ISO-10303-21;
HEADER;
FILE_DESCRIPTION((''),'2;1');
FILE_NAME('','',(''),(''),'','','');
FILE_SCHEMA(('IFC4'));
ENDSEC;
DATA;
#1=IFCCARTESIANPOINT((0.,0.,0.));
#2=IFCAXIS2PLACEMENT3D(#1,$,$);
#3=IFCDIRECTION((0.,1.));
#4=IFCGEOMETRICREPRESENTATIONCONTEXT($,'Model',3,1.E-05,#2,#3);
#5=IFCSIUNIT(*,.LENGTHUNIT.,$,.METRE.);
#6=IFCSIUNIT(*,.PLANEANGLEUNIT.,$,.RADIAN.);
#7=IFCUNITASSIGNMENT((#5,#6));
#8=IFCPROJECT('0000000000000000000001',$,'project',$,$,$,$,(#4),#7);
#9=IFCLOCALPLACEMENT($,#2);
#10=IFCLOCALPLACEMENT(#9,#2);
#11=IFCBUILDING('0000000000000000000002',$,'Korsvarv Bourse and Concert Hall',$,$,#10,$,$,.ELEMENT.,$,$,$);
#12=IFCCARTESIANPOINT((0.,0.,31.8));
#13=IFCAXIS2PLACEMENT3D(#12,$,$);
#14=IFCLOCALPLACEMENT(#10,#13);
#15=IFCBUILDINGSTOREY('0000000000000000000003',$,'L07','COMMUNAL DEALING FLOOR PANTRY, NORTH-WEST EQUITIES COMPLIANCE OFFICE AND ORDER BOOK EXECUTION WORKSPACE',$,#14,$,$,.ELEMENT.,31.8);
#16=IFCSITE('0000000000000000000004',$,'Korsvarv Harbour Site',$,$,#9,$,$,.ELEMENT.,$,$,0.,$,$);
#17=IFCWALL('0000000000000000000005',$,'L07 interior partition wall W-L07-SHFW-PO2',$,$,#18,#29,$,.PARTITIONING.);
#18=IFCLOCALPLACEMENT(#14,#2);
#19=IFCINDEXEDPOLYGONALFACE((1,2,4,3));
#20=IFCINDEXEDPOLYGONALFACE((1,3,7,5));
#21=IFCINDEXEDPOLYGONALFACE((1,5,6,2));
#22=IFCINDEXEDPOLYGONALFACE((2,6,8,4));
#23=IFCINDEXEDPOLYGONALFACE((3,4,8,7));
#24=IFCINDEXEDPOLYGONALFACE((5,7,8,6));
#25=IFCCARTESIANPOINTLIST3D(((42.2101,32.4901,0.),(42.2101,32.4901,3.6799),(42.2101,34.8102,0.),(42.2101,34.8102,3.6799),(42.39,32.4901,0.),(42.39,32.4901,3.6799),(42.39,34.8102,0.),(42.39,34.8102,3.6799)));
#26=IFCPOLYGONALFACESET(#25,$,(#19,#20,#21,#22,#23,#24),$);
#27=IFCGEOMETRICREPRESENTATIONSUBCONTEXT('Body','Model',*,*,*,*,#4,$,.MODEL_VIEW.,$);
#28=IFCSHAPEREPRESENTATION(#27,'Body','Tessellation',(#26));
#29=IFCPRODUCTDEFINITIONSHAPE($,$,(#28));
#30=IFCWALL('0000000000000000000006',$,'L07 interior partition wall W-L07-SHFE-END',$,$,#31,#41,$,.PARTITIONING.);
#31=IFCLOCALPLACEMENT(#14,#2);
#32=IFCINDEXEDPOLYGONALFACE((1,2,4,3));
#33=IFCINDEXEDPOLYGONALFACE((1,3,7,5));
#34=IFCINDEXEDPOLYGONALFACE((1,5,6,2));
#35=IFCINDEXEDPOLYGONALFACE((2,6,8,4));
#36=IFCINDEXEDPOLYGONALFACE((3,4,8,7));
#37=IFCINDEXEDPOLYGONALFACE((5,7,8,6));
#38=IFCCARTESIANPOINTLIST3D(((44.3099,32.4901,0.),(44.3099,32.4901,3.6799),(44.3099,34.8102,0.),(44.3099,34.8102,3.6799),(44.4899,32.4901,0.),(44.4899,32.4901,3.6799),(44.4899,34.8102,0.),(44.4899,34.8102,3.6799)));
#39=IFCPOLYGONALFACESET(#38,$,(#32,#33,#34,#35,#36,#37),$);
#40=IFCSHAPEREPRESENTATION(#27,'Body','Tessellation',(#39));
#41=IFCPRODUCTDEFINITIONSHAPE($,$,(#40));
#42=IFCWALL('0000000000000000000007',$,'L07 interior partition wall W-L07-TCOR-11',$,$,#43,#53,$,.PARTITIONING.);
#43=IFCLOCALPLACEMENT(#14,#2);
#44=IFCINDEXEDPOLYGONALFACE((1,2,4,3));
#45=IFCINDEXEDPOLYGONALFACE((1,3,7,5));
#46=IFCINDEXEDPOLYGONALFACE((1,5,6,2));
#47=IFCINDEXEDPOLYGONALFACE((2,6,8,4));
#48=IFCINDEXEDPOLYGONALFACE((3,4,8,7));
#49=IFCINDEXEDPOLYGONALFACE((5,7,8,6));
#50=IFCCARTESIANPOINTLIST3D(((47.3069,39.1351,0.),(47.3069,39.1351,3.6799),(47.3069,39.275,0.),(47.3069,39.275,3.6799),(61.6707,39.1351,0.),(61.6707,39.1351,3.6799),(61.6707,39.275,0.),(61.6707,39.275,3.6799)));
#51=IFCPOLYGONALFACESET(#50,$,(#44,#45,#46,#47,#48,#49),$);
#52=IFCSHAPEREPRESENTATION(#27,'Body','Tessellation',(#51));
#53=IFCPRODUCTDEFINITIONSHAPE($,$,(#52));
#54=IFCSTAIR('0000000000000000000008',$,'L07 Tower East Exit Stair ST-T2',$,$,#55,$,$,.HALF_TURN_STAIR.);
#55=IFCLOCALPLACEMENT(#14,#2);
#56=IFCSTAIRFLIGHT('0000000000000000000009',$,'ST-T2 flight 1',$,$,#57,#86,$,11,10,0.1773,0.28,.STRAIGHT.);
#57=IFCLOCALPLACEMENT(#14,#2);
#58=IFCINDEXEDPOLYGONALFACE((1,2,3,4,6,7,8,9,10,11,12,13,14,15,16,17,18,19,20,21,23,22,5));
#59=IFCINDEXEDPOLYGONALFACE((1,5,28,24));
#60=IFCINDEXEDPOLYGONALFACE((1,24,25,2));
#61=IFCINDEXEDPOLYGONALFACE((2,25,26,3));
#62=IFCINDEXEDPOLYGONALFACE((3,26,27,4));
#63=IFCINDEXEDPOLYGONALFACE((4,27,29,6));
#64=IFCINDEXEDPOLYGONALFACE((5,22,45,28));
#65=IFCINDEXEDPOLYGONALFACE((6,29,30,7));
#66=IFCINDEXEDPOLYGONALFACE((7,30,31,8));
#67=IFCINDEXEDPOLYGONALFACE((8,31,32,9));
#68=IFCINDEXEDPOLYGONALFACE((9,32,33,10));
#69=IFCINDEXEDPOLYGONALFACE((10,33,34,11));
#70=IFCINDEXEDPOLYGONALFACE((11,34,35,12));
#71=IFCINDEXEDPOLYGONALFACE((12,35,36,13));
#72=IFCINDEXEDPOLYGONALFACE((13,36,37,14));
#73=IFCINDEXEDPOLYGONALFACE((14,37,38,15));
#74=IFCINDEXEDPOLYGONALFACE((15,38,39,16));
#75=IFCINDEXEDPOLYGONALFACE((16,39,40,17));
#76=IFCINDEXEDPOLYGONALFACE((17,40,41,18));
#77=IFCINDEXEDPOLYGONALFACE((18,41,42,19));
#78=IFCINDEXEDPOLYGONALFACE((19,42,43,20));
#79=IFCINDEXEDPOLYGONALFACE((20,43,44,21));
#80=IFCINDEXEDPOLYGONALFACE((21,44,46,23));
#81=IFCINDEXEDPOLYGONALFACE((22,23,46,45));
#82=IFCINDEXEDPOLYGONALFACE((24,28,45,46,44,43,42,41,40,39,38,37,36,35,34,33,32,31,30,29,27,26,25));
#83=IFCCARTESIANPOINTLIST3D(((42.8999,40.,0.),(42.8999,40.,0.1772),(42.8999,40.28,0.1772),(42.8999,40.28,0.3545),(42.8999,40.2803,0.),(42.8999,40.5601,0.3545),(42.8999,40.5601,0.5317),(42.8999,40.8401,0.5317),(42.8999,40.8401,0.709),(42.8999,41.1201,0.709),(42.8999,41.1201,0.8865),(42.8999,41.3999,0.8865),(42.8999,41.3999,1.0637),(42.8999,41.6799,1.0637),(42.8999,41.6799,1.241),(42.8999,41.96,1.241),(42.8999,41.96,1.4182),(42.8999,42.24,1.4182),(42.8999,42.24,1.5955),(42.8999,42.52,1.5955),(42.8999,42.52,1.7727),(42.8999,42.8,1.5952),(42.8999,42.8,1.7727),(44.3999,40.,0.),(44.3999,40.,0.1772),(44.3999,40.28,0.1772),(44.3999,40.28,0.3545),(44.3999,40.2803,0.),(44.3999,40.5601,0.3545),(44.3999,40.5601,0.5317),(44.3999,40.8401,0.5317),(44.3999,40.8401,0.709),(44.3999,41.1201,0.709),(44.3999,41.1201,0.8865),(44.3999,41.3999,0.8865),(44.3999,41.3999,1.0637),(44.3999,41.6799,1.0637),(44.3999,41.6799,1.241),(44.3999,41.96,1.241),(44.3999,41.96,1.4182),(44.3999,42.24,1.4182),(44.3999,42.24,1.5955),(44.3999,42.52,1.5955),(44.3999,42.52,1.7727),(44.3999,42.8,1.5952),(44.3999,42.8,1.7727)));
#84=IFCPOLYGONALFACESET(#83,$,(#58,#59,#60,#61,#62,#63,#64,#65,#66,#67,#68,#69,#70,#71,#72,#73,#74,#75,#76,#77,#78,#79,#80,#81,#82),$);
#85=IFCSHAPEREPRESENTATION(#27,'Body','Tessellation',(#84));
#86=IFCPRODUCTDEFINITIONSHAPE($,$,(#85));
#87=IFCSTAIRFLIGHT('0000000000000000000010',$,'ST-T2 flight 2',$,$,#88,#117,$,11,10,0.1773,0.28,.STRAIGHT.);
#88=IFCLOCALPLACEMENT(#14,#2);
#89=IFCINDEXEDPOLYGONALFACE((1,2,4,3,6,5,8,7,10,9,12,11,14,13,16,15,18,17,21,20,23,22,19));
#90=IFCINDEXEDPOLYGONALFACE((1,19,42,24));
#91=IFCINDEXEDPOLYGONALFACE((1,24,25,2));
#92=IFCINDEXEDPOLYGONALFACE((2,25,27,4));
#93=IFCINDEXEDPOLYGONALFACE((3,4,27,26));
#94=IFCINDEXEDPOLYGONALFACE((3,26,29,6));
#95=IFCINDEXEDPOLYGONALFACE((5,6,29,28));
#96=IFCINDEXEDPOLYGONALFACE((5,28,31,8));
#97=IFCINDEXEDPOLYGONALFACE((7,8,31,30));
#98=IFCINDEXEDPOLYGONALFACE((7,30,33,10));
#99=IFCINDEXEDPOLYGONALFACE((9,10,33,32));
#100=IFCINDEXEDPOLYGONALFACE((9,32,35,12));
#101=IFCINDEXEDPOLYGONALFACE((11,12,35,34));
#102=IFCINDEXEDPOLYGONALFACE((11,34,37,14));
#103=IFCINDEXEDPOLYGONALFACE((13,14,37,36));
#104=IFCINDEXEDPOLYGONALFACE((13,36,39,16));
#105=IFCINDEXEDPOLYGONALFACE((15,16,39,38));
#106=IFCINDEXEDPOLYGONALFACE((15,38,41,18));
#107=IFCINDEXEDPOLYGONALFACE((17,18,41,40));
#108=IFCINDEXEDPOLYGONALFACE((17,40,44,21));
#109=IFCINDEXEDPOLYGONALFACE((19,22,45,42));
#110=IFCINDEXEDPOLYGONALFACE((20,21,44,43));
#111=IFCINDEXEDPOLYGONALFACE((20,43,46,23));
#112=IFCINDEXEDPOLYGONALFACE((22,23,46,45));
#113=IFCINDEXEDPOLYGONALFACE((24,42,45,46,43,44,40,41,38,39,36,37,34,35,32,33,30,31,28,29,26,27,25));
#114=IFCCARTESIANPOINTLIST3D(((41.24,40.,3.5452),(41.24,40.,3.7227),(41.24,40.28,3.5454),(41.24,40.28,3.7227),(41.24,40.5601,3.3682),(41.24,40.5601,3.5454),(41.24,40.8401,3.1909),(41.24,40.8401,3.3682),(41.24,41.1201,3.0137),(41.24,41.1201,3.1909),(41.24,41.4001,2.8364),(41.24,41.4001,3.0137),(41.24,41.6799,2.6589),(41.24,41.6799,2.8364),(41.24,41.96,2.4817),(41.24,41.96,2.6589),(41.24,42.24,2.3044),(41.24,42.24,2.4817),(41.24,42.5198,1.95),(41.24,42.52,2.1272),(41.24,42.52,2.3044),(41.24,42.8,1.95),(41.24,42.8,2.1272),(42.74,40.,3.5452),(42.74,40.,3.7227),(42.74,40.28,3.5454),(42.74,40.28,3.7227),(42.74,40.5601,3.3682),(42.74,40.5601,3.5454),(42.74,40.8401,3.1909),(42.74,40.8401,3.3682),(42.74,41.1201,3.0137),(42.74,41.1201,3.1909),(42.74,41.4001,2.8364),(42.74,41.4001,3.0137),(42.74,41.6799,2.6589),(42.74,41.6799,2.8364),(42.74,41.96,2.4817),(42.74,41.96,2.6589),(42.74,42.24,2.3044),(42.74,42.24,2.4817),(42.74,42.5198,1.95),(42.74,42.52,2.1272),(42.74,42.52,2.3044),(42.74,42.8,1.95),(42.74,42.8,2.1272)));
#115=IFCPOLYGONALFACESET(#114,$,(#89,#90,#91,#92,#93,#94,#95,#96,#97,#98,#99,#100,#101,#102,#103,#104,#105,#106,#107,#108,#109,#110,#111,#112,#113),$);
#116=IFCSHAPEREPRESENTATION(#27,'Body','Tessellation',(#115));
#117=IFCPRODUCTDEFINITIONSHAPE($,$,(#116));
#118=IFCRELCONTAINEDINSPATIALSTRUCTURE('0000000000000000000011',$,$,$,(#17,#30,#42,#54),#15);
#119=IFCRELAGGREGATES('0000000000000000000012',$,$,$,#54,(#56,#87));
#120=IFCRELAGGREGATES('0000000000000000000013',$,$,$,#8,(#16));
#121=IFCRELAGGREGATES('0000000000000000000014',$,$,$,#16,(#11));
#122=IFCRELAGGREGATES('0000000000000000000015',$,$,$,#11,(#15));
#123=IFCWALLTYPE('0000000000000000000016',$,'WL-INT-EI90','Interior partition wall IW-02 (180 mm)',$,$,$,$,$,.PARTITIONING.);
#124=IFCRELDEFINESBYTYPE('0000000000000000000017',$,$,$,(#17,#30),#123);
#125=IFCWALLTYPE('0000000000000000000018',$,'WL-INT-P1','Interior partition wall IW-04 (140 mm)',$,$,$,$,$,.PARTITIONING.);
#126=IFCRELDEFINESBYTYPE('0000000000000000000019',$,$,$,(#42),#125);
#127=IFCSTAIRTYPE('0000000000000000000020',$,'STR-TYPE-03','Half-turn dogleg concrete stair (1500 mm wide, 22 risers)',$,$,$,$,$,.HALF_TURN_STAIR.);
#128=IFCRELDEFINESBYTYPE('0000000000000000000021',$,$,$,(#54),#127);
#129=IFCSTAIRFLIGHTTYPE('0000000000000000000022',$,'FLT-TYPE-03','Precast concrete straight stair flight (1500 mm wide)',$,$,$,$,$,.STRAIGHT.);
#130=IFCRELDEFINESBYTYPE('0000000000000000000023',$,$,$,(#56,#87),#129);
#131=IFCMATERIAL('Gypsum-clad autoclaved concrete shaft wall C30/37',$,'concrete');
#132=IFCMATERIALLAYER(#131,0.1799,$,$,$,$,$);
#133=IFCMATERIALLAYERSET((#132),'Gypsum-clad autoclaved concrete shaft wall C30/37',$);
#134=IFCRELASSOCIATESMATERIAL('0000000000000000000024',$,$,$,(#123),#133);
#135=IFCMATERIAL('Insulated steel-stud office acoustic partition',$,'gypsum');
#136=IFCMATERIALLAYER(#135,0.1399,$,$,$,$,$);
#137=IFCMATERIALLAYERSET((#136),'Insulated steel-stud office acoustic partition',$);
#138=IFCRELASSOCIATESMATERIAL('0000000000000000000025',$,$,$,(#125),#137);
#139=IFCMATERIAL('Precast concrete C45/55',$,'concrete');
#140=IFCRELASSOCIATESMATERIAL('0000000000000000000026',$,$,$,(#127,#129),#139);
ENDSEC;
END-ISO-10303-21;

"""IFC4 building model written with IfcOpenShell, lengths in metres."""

from ifc_helpers import new_model, si_unit, direction, frame, frame_2d, origin, place, context, subcontext, project, spatial, polyline, rectangle, outline, extrude, material, layer, layer_set, type_object, element, aggregate, save


model = new_model("IFC4")

# Units and contexts
model_context = context("Model", 3, precision=1e-05, world=origin(), true_north=direction((0.0, 1.0)))
body_context = subcontext(model_context, "Body", "Model", "MODEL_VIEW")
ifc_project = project(units=[si_unit("LENGTHUNIT", "METRE"), si_unit("PLANEANGLEUNIT", "RADIAN")], contexts=[model_context])

# Site, building, storey
site_placement = place(None, origin())
site = spatial("IfcSite", under=ifc_project, at=site_placement, Name="Korsvarv Harbour Site", CompositionType="ELEMENT", RefElevation=0.0)
building_placement = place(site_placement, origin())
building = spatial("IfcBuilding", under=site, at=building_placement, Name="Korsvarv Bourse and Concert Hall", CompositionType="ELEMENT")
storey_placement = place(building_placement, frame((0.0, 0.0, 31.8)))
storey = spatial("IfcBuildingStorey", under=building, at=storey_placement, Name="L07", Description="COMMUNAL DEALING FLOOR PANTRY, NORTH-WEST EQUITIES COMPLIANCE OFFICE AND ORDER BOOK EXECUTION WORKSPACE", CompositionType="ELEMENT", Elevation=31.8)

# Walls
ifc_material_1 = material(Name="Gypsum-clad autoclaved concrete shaft wall C30/37", Category="concrete")
ifc_layer_1 = layer(ifc_material_1, 0.1799)
ifc_layer_set_1 = layer_set([ifc_layer_1], Name="Gypsum-clad autoclaved concrete shaft wall C30/37")
wall_type_1 = type_object("IfcWallType", Name="WL-INT-EI90", Description="Interior partition wall IW-02 (180 mm)", PredefinedType="PARTITIONING", material=ifc_layer_set_1)
for number, where, z_axis, x_axis, name in (
    (1, (42.3, 32.49, 0.0), (0.0, 0.0, 1.0), (0.0, 1.0, 0.0), "L07 interior partition wall W-L07-SHFW-PO2"),
    (2, (44.3999, 32.49, 0.0), (0.0, 0.0, 1.0), (0.0, 1.0, 0.0), "L07 interior partition wall W-L07-SHFE-END"),
):
    element("IfcWall", number, at=place(storey_placement, frame(where, z_axis=z_axis, x_axis=x_axis)), inside=storey, type_object=wall_type_1, Name=name, PredefinedType="PARTITIONING", context=body_context, shape_type="SweptSolid", body=[
        extrude(rectangle(XDim=2.3201, YDim=0.1799, at=frame_2d((1.1602, 0.0))), origin(), (0.0, 0.0, 1.0), 3.6799),
    ])
ifc_material_2 = material(Name="Insulated steel-stud office acoustic partition", Category="gypsum")
ifc_layer_2 = layer(ifc_material_2, 0.1399)
ifc_layer_set_2 = layer_set([ifc_layer_2], Name="Insulated steel-stud office acoustic partition")
wall_type_2 = type_object("IfcWallType", Name="WL-INT-P1", Description="Interior partition wall IW-04 (140 mm)", PredefinedType="PARTITIONING", material=ifc_layer_set_2)
wall_1_placement = place(storey_placement, frame((47.3069, 39.2051, 0.0), z_axis=(0.0, 0.0, 1.0), x_axis=(1.0, 0.0, 0.0)))
element("IfcWall", 3, at=wall_1_placement, inside=storey, type_object=wall_type_2, Name="L07 interior partition wall W-L07-TCOR-11", PredefinedType="PARTITIONING", context=body_context, shape_type="SweptSolid", body=[
    extrude(rectangle(XDim=14.3638, YDim=0.1399, at=frame_2d((7.1819, 0.0))), origin(), (0.0, 0.0, 1.0), 3.6799),
])

# Stair, stair flights
ifc_material_3 = material(Name="Precast concrete C45/55", Category="concrete")
stair_type = type_object("IfcStairType", Name="STR-TYPE-03", Description="Half-turn dogleg concrete stair (1500 mm wide, 22 risers)", PredefinedType="HALF_TURN_STAIR", material=ifc_material_3)
stair_placement = place(storey_placement, origin())
stair = element("IfcStair", 4, at=stair_placement, inside=storey, type_object=stair_type, Name="L07 Tower East Exit Stair ST-T2", PredefinedType="HALF_TURN_STAIR")
stair_flight_type = type_object("IfcStairFlightType", Name="FLT-TYPE-03", Description="Precast concrete straight stair flight (1500 mm wide)", PredefinedType="STRAIGHT", material=ifc_material_3)
stair_flight_1_placement = place(storey_placement, frame((43.6499, 40.0, 0.0), z_axis=(0.0, 0.0, 1.0), x_axis=(0.0, 1.0, 0.0)))
stair_flight_1 = element("IfcStairFlight", 5, at=stair_flight_1_placement, type_object=stair_flight_type, Name="ST-T2 flight 1", NumberOfRisers=11, NumberOfTreads=10, PredefinedType="STRAIGHT", RiserHeight=0.1773, TreadLength=0.28, context=body_context, shape_type="SweptSolid", body=[
    extrude(outline(polyline([(0.0, 0.0), (0.0, 0.1772), (0.28, 0.1772), (0.28, 0.3545), (0.5601, 0.3545), (0.5601, 0.5317), (0.8401, 0.5317), (0.8401, 0.709), (1.1201, 0.709), (1.1201, 0.8865), (1.3999, 0.8865), (1.3999, 1.0637), (1.6799, 1.0637), (1.6799, 1.241), (1.96, 1.241), (1.96, 1.4182), (2.24, 1.4182), (2.24, 1.5955), (2.52, 1.5955), (2.52, 1.7727), (2.8, 1.7727), (2.8, 1.95), (2.8, 1.5952), (0.2803, 0.0), (0.0, 0.0)])), frame((0.0, 0.75, 0.0), z_axis=(0.0, -1.0, 0.0), x_axis=(1.0, 0.0, 0.0)), (0.0, 0.0, 1.0), 1.5),
])
stair_flight_2_placement = place(storey_placement, frame((41.99, 42.8, 1.95), z_axis=(0.0, 0.0, 1.0), x_axis=(0.0, -1.0, 0.0)))
stair_flight_2 = element("IfcStairFlight", 6, at=stair_flight_2_placement, type_object=stair_flight_type, Name="ST-T2 flight 2", NumberOfRisers=11, NumberOfTreads=10, PredefinedType="STRAIGHT", RiserHeight=0.1773, TreadLength=0.28, context=body_context, shape_type="SweptSolid", body=[
    extrude(outline(polyline([(0.0, 0.0), (0.0, 0.1772), (0.28, 0.1772), (0.28, 0.3545), (0.5601, 0.3545), (0.5601, 0.5317), (0.8401, 0.5317), (0.8401, 0.709), (1.1201, 0.709), (1.1201, 0.8865), (1.3999, 0.8865), (1.3999, 1.0637), (1.6799, 1.0637), (1.6799, 1.241), (1.96, 1.241), (1.96, 1.4182), (2.24, 1.4182), (2.24, 1.5955), (2.52, 1.5955), (2.52, 1.7727), (2.8, 1.7727), (2.8, 1.95), (2.8, 1.5952), (0.2803, 0.0), (0.0, 0.0)])), frame((0.0, 0.75, 0.0), z_axis=(0.0, -1.0, 0.0), x_axis=(1.0, 0.0, 0.0)), (0.0, 0.0, 1.0), 1.5),
])
aggregate(stair, [stair_flight_1, stair_flight_2])

save(model, "model.ifc")
